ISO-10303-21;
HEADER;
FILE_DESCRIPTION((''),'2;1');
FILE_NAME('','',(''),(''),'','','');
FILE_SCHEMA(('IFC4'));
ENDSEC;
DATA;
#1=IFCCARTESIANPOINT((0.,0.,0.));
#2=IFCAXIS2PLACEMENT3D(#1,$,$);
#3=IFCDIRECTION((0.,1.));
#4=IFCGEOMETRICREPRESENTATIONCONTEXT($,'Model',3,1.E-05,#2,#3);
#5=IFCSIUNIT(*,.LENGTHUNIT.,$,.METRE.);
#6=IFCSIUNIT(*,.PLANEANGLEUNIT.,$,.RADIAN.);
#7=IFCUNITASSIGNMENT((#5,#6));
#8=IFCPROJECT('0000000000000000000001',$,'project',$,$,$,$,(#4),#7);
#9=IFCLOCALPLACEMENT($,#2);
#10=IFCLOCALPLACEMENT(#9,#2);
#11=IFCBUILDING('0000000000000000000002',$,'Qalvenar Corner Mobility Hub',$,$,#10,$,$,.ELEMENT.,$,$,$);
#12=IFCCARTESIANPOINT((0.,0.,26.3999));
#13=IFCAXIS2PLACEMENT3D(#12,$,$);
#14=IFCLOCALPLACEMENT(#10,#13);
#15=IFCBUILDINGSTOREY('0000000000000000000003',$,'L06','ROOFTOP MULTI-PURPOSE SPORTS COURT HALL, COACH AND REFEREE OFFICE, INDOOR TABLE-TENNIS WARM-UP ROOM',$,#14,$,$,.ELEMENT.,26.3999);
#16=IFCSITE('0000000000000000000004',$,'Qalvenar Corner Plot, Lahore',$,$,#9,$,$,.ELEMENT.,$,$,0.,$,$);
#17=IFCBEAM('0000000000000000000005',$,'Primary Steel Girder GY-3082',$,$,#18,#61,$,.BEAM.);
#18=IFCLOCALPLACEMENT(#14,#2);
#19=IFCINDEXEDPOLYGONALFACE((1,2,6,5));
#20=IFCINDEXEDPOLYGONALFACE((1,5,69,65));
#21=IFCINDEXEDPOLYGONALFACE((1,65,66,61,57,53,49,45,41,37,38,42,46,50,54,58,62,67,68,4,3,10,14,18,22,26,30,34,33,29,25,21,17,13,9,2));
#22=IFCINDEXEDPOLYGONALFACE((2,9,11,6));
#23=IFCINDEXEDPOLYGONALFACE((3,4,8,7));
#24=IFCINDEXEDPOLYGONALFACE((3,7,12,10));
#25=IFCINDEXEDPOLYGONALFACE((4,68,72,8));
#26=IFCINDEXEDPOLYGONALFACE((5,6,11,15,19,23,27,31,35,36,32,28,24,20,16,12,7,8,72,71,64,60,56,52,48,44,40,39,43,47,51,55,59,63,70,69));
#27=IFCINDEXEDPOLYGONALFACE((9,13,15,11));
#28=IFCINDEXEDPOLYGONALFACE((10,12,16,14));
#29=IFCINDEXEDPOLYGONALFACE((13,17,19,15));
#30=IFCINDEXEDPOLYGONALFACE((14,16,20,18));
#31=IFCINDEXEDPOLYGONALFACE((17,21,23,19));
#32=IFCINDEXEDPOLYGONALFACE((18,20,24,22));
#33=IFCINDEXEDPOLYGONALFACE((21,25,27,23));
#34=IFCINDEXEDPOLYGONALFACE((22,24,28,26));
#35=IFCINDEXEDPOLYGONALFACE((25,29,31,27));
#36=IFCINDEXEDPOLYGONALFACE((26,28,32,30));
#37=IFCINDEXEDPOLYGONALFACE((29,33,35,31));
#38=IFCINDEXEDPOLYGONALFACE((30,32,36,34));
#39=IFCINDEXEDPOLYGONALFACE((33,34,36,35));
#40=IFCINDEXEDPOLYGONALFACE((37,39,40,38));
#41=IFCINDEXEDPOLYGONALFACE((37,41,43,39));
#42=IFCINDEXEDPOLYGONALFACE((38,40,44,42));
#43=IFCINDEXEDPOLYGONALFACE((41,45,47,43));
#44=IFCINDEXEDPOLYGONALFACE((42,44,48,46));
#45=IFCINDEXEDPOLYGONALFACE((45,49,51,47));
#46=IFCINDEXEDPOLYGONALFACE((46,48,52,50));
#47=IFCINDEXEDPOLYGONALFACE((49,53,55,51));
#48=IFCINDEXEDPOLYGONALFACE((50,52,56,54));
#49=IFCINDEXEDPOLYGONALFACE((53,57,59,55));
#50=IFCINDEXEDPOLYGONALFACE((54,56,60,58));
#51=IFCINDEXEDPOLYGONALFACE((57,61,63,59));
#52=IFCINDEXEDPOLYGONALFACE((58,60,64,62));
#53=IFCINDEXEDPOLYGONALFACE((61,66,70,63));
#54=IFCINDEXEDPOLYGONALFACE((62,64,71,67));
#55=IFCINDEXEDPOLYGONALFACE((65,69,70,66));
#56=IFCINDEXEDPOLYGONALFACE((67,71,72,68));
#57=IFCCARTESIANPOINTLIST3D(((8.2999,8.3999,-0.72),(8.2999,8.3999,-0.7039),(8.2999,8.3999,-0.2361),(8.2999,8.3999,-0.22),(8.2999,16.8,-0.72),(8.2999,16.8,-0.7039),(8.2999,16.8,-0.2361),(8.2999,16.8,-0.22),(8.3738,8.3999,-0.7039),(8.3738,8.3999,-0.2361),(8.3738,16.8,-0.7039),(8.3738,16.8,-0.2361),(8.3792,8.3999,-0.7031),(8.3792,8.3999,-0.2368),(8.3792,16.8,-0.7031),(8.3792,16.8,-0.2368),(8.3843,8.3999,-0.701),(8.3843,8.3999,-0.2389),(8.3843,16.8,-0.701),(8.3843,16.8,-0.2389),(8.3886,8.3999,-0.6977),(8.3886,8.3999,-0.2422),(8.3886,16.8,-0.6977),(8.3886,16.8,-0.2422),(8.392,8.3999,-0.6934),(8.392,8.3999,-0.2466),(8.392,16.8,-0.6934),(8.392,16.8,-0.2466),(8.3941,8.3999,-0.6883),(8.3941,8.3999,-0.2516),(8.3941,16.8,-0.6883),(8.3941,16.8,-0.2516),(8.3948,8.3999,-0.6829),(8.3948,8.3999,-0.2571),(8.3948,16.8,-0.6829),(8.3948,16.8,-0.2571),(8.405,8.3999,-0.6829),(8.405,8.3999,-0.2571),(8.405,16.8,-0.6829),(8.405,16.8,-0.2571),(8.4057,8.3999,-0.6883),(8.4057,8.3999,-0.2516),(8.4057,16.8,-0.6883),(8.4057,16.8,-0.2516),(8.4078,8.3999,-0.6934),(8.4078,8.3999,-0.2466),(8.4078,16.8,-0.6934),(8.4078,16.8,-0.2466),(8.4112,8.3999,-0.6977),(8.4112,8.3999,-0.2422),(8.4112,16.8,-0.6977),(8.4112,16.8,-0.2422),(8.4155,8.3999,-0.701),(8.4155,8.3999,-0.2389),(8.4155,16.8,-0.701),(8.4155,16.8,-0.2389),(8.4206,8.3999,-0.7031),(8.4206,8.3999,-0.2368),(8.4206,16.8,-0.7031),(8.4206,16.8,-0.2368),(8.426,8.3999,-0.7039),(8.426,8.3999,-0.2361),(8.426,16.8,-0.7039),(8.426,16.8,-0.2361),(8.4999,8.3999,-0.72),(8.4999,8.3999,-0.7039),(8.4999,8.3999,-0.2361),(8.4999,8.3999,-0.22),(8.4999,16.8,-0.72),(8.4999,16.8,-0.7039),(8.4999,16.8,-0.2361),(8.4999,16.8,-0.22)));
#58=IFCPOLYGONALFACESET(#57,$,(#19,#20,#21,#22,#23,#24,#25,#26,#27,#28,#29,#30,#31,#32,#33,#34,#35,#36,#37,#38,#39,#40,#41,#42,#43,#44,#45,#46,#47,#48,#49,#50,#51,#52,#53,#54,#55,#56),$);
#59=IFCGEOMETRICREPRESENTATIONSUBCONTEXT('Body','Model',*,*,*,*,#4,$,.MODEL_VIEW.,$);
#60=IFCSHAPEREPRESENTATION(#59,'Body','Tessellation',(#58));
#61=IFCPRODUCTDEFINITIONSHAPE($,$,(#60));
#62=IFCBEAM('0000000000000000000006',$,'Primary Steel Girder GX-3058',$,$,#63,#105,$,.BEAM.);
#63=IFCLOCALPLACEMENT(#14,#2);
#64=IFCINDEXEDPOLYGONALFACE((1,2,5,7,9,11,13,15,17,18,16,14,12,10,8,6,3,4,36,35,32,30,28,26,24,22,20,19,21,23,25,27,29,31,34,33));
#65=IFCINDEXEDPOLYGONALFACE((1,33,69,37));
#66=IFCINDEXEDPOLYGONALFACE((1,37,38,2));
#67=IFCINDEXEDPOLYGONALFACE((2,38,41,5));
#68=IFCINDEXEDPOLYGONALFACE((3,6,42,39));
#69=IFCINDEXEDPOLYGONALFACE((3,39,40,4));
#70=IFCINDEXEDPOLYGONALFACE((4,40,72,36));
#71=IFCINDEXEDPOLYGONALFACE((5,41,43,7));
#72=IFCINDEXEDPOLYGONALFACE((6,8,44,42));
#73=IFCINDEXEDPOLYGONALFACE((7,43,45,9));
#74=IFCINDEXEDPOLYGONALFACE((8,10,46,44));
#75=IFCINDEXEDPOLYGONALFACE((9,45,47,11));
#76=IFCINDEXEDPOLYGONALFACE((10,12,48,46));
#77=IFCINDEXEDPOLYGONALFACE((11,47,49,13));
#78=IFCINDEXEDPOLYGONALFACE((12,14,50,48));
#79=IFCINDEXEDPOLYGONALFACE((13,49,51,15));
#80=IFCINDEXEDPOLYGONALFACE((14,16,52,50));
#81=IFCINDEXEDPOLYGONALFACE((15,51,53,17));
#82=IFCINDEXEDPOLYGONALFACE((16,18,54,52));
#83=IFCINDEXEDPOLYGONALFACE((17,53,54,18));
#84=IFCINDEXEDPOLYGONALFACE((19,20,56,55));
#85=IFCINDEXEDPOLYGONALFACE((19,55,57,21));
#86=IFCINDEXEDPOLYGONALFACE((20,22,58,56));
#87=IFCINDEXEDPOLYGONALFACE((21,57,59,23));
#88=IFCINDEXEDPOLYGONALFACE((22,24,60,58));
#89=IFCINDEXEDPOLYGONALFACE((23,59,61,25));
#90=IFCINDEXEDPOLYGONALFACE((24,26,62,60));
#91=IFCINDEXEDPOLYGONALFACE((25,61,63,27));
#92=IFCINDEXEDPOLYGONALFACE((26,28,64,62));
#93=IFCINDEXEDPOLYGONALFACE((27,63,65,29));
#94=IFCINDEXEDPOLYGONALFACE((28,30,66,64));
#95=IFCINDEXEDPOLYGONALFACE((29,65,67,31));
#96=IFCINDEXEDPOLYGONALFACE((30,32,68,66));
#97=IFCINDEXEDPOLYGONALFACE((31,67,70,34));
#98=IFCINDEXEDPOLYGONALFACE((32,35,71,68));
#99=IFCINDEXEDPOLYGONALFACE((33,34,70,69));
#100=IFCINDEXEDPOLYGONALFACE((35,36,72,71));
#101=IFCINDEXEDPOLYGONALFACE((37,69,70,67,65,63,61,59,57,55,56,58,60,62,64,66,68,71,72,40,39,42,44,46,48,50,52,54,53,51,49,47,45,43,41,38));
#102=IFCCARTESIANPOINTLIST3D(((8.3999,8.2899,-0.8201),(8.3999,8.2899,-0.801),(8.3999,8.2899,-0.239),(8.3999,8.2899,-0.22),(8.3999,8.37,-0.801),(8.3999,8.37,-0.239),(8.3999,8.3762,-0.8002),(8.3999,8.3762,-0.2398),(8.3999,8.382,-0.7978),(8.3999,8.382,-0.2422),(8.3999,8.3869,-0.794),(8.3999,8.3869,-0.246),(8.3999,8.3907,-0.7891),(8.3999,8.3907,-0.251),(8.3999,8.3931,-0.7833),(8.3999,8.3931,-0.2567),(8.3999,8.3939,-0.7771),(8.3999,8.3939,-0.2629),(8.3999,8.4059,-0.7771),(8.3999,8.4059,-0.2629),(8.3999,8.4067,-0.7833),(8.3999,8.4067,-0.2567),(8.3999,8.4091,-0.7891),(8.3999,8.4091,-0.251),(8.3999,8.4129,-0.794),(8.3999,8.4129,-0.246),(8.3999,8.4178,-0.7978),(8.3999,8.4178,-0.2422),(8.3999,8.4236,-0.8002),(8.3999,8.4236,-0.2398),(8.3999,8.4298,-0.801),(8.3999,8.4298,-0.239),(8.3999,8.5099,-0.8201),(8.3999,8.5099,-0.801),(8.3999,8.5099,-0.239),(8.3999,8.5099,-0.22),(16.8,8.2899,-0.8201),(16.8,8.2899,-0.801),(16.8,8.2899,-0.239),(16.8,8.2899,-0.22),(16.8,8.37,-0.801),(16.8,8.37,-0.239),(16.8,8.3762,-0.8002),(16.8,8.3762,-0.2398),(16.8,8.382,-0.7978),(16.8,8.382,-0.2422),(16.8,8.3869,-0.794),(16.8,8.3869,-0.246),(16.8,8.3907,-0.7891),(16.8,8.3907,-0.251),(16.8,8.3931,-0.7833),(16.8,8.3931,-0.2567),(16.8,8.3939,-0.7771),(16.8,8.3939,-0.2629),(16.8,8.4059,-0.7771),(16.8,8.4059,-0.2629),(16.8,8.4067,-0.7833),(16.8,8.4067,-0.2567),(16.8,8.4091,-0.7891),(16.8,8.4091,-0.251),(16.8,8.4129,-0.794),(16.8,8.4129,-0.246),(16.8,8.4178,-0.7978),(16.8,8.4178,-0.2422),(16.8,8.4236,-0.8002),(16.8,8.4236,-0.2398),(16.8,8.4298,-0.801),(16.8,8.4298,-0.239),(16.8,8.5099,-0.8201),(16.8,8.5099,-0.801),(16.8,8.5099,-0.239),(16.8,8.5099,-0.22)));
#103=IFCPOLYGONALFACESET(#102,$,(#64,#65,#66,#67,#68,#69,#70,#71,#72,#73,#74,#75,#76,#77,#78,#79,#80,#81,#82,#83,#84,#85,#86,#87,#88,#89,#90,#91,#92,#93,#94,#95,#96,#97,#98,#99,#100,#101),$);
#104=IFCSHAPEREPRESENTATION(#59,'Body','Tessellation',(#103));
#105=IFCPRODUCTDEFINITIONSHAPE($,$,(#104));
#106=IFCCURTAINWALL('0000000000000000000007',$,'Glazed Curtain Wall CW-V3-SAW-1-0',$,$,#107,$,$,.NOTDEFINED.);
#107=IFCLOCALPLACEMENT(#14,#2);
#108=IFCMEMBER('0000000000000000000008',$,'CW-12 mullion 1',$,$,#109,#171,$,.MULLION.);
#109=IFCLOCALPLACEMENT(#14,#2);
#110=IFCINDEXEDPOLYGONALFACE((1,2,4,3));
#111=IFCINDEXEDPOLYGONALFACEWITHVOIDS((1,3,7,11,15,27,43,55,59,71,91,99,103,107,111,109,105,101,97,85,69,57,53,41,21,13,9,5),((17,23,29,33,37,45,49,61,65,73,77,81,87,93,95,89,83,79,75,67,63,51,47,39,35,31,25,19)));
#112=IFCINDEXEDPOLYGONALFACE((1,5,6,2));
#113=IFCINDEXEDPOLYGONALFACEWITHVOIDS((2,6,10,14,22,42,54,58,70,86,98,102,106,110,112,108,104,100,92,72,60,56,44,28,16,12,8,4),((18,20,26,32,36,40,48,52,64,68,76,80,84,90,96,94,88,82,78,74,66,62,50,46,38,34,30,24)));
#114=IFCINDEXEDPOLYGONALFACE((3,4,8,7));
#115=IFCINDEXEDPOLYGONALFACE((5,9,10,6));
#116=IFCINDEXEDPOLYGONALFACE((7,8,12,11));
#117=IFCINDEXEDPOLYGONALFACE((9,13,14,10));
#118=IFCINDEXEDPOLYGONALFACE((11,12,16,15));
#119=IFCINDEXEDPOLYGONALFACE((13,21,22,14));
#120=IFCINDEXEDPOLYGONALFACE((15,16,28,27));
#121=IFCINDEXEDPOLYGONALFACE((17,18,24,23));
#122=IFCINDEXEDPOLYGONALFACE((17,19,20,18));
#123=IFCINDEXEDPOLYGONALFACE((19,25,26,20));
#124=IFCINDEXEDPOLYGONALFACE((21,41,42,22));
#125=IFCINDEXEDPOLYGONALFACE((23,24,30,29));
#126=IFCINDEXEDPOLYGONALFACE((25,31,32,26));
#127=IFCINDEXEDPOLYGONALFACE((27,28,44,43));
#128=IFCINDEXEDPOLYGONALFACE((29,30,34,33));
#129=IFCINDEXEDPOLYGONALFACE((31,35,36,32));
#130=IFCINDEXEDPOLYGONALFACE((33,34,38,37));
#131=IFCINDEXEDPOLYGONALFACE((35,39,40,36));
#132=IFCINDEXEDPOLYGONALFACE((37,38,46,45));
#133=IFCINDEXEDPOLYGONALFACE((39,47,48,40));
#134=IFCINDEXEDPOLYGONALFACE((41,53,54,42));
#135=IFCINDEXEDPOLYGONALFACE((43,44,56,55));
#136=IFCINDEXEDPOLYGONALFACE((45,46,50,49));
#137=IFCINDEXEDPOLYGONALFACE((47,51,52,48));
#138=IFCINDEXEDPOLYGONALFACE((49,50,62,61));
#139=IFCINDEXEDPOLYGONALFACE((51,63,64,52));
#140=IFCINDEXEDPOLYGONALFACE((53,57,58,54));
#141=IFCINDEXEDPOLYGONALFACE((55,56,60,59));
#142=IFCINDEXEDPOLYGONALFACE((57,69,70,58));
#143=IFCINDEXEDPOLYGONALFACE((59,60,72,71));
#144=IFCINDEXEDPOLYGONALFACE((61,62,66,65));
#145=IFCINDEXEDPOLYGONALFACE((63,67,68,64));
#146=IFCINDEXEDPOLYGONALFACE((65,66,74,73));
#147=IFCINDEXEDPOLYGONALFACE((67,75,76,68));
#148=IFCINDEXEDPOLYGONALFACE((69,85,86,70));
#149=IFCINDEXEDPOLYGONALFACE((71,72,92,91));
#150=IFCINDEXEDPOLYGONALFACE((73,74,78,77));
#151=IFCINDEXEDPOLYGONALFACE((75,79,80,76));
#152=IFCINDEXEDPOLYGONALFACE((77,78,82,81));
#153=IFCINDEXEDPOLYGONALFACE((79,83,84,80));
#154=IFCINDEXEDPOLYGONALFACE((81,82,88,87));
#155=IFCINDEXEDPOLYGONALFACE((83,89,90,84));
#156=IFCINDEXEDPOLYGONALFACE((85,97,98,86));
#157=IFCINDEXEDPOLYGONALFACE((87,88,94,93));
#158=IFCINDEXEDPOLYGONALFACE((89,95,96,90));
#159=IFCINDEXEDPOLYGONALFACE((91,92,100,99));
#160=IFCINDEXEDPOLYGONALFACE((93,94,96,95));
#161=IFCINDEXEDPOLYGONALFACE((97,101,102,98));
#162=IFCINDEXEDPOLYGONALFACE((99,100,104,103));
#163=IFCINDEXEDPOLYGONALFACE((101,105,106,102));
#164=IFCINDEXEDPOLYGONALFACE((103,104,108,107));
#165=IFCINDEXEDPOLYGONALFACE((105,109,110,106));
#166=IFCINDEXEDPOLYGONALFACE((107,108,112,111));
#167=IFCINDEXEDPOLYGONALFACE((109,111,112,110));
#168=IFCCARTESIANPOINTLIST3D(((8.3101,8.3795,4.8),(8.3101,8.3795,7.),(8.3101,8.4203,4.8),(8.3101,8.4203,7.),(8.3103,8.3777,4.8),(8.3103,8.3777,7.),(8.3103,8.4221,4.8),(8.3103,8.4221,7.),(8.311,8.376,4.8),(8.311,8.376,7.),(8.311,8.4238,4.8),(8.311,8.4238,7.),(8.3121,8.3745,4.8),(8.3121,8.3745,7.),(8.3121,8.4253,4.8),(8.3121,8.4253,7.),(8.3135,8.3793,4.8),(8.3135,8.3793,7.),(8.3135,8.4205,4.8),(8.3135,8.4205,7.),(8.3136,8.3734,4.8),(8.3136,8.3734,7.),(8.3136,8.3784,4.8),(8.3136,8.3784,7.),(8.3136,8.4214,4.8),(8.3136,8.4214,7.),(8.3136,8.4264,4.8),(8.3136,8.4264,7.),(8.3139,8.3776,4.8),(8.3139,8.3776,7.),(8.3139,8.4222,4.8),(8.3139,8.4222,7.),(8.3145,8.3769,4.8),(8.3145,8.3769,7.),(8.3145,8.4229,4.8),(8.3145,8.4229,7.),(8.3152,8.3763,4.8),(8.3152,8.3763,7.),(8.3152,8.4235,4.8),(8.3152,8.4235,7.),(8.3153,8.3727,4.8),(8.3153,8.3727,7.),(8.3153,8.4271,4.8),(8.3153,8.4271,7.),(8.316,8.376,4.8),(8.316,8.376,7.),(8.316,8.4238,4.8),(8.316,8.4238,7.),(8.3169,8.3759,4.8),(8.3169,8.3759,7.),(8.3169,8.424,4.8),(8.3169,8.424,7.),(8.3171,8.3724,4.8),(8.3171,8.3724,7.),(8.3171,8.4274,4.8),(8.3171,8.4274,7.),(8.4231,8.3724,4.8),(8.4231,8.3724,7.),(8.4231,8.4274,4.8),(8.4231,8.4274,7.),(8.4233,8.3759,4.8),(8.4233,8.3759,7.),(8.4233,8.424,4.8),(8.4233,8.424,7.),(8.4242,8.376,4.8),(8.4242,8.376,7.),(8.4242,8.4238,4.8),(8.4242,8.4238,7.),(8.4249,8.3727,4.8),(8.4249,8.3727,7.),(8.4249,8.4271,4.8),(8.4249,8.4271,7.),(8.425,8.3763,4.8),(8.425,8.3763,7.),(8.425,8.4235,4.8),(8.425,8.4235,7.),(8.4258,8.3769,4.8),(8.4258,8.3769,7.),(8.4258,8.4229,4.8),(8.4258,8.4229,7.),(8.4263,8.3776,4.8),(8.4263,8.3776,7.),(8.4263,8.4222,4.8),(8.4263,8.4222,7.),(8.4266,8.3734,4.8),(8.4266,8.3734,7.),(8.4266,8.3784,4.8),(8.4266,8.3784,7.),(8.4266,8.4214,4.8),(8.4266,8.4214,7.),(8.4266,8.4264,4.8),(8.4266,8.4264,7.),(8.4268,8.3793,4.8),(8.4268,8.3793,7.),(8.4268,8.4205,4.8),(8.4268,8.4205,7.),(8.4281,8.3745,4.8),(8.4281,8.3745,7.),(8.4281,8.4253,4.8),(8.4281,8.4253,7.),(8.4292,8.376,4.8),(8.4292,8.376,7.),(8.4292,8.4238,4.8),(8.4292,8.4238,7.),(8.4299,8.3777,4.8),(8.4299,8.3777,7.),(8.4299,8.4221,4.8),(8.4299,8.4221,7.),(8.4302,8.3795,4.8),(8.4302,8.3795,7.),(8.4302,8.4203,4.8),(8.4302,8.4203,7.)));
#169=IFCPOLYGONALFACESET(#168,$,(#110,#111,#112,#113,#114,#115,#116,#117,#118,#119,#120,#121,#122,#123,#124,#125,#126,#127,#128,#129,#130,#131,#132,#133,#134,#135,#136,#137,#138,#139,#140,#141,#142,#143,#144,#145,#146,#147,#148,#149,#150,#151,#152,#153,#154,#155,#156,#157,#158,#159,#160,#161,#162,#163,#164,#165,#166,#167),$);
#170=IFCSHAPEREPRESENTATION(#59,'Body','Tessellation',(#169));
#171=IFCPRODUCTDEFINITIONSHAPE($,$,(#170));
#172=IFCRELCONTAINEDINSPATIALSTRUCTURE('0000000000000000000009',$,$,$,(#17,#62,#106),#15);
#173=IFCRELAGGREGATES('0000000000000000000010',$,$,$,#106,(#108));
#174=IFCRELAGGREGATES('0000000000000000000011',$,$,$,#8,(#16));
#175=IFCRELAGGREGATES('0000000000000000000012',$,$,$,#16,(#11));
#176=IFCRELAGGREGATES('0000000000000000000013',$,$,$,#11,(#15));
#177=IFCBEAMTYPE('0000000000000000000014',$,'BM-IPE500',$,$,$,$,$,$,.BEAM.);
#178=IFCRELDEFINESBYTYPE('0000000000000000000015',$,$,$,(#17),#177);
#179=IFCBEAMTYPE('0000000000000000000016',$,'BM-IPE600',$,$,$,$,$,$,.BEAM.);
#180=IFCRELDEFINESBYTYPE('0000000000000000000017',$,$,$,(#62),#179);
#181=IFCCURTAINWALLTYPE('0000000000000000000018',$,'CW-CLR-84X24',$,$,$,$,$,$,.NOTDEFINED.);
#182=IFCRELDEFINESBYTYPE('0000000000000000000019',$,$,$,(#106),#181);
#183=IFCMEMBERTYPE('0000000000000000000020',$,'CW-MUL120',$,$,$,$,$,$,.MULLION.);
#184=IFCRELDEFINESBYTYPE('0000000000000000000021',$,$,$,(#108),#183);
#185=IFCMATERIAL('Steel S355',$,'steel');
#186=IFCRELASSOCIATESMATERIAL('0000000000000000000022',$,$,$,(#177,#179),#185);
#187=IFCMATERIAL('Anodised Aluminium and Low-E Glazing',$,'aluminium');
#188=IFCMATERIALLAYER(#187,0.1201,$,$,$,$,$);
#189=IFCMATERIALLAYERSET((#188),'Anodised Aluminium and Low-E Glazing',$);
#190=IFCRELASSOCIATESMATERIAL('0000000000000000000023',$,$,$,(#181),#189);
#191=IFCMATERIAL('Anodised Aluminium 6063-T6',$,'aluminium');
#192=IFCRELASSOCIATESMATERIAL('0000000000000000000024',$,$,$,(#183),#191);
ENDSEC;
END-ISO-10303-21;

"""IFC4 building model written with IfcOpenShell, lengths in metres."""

from ifc_helpers import new_model, si_unit, direction, frame, origin, origin_2d, place, context, subcontext, project, spatial, hollow_rectangle, i_section, extrude, material, layer, layer_set, material_profile, profile_set, type_object, element, aggregate, save


model = new_model("IFC4")

# Units and contexts
model_context = context("Model", 3, precision=1e-05, world=origin(), true_north=direction((0.0, 1.0)))
body_context = subcontext(model_context, "Body", "Model", "MODEL_VIEW")
ifc_project = project(units=[si_unit("LENGTHUNIT", "METRE"), si_unit("PLANEANGLEUNIT", "RADIAN")], contexts=[model_context])

# Site, building, storey
site_placement = place(None, origin())
site = spatial("IfcSite", under=ifc_project, at=site_placement, Name="Qalvenar Corner Plot, Lahore", CompositionType="ELEMENT", RefElevation=0.0)
building_placement = place(site_placement, origin())
building = spatial("IfcBuilding", under=site, at=building_placement, Name="Qalvenar Corner Mobility Hub", CompositionType="ELEMENT")
storey_placement = place(building_placement, frame((0.0, 0.0, 26.3999)))
storey = spatial("IfcBuildingStorey", under=building, at=storey_placement, Name="L06", Description="ROOFTOP MULTI-PURPOSE SPORTS COURT HALL, COACH AND REFEREE OFFICE, INDOOR TABLE-TENNIS WARM-UP ROOM", CompositionType="ELEMENT", Elevation=26.3999)

# Shared definitions
ifc_material_1 = material(Name="Steel S355", Category="steel")

# Beams
ifc_material_profile_1 = material_profile(ifc_material_1, i_section(OverallWidth=0.2, OverallDepth=0.5, WebThickness=0.0103, FlangeThickness=0.0161, FilletRadius=0.021, at=origin_2d()), Name="IPE500")
ifc_profile_set_1 = profile_set([ifc_material_profile_1], Name="Steel S355")
beam_type_1 = type_object("IfcBeamType", Name="BM-IPE500", PredefinedType="BEAM", material=ifc_profile_set_1)
beam_1_placement = place(storey_placement, frame((8.3999, 8.3999, -0.47), z_axis=(0.0, 1.0, 0.0), x_axis=(-1.0, 0.0, 0.0)))
element("IfcBeam", 1, at=beam_1_placement, inside=storey, type_object=beam_type_1, Name="Primary Steel Girder GY-3082", PredefinedType="BEAM", context=body_context, shape_type="SweptSolid", body=[
    extrude(i_section(OverallWidth=0.2, OverallDepth=0.5, WebThickness=0.0103, FlangeThickness=0.0161, FilletRadius=0.021, at=origin_2d()), origin(), (0.0, 0.0, 1.0), 8.4001),
])
ifc_material_profile_2 = material_profile(ifc_material_1, i_section(OverallWidth=0.22, OverallDepth=0.6001, WebThickness=0.012, FlangeThickness=0.019, FilletRadius=0.0239, at=origin_2d()), Name="IPE600")
ifc_profile_set_2 = profile_set([ifc_material_profile_2], Name="Steel S355")
beam_type_2 = type_object("IfcBeamType", Name="BM-IPE600", PredefinedType="BEAM", material=ifc_profile_set_2)
beam_2_placement = place(storey_placement, frame((8.3999, 8.3999, -0.52), z_axis=(1.0, 0.0, 0.0), x_axis=(0.0, 1.0, 0.0)))
element("IfcBeam", 2, at=beam_2_placement, inside=storey, type_object=beam_type_2, Name="Primary Steel Girder GX-3058", PredefinedType="BEAM", context=body_context, shape_type="SweptSolid", body=[
    extrude(i_section(OverallWidth=0.22, OverallDepth=0.6001, WebThickness=0.012, FlangeThickness=0.019, FilletRadius=0.0239, at=origin_2d()), origin(), (0.0, 0.0, 1.0), 8.4001),
])

# Curtain wall, member
ifc_material_2 = material(Name="Anodised Aluminium and Low-E Glazing", Category="aluminium")
ifc_layer_1 = layer(ifc_material_2, 0.1201)
ifc_layer_set_1 = layer_set([ifc_layer_1], Name="Anodised Aluminium and Low-E Glazing")
curtain_wall_type = type_object("IfcCurtainWallType", Name="CW-CLR-84X24", PredefinedType="NOTDEFINED", material=ifc_layer_set_1)
curtain_wall_1_placement = place(storey_placement, origin())
curtain_wall_1 = element("IfcCurtainWall", 3, at=curtain_wall_1_placement, inside=storey, type_object=curtain_wall_type, Name="Glazed Curtain Wall CW-V3-SAW-1-0", PredefinedType="NOTDEFINED")
ifc_material_3 = material(Name="Anodised Aluminium 6063-T6", Category="aluminium")
ifc_material_profile_3 = material_profile(ifc_material_3, hollow_rectangle(XDim=0.0549, YDim=0.1201, WallThickness=0.0034, InnerFilletRadius=0.0034, OuterFilletRadius=0.0071, at=origin_2d()), Name="RHS120x55x3.5")
ifc_profile_set_3 = profile_set([ifc_material_profile_3], Name="Anodised Aluminium 6063-T6")
member_type_1 = type_object("IfcMemberType", Name="CW-MUL120", PredefinedType="MULLION", material=ifc_profile_set_3)
member_1_placement = place(storey_placement, frame((8.3701, 8.3999, 4.8), z_axis=(0.0, 0.0, 1.0), x_axis=(0.0, -1.0, 0.0)))
member_1 = element("IfcMember", 4, at=member_1_placement, type_object=member_type_1, Name="CW-12 mullion 1", PredefinedType="MULLION", context=body_context, shape_type="SweptSolid", body=[
    extrude(hollow_rectangle(XDim=0.0549, YDim=0.1201, WallThickness=0.0034, InnerFilletRadius=0.0034, OuterFilletRadius=0.0071, at=origin_2d()), origin(), (0.0, 0.0, 1.0), 2.2),
])

aggregate(curtain_wall_1, [member_1])

save(model, "model.ifc")
